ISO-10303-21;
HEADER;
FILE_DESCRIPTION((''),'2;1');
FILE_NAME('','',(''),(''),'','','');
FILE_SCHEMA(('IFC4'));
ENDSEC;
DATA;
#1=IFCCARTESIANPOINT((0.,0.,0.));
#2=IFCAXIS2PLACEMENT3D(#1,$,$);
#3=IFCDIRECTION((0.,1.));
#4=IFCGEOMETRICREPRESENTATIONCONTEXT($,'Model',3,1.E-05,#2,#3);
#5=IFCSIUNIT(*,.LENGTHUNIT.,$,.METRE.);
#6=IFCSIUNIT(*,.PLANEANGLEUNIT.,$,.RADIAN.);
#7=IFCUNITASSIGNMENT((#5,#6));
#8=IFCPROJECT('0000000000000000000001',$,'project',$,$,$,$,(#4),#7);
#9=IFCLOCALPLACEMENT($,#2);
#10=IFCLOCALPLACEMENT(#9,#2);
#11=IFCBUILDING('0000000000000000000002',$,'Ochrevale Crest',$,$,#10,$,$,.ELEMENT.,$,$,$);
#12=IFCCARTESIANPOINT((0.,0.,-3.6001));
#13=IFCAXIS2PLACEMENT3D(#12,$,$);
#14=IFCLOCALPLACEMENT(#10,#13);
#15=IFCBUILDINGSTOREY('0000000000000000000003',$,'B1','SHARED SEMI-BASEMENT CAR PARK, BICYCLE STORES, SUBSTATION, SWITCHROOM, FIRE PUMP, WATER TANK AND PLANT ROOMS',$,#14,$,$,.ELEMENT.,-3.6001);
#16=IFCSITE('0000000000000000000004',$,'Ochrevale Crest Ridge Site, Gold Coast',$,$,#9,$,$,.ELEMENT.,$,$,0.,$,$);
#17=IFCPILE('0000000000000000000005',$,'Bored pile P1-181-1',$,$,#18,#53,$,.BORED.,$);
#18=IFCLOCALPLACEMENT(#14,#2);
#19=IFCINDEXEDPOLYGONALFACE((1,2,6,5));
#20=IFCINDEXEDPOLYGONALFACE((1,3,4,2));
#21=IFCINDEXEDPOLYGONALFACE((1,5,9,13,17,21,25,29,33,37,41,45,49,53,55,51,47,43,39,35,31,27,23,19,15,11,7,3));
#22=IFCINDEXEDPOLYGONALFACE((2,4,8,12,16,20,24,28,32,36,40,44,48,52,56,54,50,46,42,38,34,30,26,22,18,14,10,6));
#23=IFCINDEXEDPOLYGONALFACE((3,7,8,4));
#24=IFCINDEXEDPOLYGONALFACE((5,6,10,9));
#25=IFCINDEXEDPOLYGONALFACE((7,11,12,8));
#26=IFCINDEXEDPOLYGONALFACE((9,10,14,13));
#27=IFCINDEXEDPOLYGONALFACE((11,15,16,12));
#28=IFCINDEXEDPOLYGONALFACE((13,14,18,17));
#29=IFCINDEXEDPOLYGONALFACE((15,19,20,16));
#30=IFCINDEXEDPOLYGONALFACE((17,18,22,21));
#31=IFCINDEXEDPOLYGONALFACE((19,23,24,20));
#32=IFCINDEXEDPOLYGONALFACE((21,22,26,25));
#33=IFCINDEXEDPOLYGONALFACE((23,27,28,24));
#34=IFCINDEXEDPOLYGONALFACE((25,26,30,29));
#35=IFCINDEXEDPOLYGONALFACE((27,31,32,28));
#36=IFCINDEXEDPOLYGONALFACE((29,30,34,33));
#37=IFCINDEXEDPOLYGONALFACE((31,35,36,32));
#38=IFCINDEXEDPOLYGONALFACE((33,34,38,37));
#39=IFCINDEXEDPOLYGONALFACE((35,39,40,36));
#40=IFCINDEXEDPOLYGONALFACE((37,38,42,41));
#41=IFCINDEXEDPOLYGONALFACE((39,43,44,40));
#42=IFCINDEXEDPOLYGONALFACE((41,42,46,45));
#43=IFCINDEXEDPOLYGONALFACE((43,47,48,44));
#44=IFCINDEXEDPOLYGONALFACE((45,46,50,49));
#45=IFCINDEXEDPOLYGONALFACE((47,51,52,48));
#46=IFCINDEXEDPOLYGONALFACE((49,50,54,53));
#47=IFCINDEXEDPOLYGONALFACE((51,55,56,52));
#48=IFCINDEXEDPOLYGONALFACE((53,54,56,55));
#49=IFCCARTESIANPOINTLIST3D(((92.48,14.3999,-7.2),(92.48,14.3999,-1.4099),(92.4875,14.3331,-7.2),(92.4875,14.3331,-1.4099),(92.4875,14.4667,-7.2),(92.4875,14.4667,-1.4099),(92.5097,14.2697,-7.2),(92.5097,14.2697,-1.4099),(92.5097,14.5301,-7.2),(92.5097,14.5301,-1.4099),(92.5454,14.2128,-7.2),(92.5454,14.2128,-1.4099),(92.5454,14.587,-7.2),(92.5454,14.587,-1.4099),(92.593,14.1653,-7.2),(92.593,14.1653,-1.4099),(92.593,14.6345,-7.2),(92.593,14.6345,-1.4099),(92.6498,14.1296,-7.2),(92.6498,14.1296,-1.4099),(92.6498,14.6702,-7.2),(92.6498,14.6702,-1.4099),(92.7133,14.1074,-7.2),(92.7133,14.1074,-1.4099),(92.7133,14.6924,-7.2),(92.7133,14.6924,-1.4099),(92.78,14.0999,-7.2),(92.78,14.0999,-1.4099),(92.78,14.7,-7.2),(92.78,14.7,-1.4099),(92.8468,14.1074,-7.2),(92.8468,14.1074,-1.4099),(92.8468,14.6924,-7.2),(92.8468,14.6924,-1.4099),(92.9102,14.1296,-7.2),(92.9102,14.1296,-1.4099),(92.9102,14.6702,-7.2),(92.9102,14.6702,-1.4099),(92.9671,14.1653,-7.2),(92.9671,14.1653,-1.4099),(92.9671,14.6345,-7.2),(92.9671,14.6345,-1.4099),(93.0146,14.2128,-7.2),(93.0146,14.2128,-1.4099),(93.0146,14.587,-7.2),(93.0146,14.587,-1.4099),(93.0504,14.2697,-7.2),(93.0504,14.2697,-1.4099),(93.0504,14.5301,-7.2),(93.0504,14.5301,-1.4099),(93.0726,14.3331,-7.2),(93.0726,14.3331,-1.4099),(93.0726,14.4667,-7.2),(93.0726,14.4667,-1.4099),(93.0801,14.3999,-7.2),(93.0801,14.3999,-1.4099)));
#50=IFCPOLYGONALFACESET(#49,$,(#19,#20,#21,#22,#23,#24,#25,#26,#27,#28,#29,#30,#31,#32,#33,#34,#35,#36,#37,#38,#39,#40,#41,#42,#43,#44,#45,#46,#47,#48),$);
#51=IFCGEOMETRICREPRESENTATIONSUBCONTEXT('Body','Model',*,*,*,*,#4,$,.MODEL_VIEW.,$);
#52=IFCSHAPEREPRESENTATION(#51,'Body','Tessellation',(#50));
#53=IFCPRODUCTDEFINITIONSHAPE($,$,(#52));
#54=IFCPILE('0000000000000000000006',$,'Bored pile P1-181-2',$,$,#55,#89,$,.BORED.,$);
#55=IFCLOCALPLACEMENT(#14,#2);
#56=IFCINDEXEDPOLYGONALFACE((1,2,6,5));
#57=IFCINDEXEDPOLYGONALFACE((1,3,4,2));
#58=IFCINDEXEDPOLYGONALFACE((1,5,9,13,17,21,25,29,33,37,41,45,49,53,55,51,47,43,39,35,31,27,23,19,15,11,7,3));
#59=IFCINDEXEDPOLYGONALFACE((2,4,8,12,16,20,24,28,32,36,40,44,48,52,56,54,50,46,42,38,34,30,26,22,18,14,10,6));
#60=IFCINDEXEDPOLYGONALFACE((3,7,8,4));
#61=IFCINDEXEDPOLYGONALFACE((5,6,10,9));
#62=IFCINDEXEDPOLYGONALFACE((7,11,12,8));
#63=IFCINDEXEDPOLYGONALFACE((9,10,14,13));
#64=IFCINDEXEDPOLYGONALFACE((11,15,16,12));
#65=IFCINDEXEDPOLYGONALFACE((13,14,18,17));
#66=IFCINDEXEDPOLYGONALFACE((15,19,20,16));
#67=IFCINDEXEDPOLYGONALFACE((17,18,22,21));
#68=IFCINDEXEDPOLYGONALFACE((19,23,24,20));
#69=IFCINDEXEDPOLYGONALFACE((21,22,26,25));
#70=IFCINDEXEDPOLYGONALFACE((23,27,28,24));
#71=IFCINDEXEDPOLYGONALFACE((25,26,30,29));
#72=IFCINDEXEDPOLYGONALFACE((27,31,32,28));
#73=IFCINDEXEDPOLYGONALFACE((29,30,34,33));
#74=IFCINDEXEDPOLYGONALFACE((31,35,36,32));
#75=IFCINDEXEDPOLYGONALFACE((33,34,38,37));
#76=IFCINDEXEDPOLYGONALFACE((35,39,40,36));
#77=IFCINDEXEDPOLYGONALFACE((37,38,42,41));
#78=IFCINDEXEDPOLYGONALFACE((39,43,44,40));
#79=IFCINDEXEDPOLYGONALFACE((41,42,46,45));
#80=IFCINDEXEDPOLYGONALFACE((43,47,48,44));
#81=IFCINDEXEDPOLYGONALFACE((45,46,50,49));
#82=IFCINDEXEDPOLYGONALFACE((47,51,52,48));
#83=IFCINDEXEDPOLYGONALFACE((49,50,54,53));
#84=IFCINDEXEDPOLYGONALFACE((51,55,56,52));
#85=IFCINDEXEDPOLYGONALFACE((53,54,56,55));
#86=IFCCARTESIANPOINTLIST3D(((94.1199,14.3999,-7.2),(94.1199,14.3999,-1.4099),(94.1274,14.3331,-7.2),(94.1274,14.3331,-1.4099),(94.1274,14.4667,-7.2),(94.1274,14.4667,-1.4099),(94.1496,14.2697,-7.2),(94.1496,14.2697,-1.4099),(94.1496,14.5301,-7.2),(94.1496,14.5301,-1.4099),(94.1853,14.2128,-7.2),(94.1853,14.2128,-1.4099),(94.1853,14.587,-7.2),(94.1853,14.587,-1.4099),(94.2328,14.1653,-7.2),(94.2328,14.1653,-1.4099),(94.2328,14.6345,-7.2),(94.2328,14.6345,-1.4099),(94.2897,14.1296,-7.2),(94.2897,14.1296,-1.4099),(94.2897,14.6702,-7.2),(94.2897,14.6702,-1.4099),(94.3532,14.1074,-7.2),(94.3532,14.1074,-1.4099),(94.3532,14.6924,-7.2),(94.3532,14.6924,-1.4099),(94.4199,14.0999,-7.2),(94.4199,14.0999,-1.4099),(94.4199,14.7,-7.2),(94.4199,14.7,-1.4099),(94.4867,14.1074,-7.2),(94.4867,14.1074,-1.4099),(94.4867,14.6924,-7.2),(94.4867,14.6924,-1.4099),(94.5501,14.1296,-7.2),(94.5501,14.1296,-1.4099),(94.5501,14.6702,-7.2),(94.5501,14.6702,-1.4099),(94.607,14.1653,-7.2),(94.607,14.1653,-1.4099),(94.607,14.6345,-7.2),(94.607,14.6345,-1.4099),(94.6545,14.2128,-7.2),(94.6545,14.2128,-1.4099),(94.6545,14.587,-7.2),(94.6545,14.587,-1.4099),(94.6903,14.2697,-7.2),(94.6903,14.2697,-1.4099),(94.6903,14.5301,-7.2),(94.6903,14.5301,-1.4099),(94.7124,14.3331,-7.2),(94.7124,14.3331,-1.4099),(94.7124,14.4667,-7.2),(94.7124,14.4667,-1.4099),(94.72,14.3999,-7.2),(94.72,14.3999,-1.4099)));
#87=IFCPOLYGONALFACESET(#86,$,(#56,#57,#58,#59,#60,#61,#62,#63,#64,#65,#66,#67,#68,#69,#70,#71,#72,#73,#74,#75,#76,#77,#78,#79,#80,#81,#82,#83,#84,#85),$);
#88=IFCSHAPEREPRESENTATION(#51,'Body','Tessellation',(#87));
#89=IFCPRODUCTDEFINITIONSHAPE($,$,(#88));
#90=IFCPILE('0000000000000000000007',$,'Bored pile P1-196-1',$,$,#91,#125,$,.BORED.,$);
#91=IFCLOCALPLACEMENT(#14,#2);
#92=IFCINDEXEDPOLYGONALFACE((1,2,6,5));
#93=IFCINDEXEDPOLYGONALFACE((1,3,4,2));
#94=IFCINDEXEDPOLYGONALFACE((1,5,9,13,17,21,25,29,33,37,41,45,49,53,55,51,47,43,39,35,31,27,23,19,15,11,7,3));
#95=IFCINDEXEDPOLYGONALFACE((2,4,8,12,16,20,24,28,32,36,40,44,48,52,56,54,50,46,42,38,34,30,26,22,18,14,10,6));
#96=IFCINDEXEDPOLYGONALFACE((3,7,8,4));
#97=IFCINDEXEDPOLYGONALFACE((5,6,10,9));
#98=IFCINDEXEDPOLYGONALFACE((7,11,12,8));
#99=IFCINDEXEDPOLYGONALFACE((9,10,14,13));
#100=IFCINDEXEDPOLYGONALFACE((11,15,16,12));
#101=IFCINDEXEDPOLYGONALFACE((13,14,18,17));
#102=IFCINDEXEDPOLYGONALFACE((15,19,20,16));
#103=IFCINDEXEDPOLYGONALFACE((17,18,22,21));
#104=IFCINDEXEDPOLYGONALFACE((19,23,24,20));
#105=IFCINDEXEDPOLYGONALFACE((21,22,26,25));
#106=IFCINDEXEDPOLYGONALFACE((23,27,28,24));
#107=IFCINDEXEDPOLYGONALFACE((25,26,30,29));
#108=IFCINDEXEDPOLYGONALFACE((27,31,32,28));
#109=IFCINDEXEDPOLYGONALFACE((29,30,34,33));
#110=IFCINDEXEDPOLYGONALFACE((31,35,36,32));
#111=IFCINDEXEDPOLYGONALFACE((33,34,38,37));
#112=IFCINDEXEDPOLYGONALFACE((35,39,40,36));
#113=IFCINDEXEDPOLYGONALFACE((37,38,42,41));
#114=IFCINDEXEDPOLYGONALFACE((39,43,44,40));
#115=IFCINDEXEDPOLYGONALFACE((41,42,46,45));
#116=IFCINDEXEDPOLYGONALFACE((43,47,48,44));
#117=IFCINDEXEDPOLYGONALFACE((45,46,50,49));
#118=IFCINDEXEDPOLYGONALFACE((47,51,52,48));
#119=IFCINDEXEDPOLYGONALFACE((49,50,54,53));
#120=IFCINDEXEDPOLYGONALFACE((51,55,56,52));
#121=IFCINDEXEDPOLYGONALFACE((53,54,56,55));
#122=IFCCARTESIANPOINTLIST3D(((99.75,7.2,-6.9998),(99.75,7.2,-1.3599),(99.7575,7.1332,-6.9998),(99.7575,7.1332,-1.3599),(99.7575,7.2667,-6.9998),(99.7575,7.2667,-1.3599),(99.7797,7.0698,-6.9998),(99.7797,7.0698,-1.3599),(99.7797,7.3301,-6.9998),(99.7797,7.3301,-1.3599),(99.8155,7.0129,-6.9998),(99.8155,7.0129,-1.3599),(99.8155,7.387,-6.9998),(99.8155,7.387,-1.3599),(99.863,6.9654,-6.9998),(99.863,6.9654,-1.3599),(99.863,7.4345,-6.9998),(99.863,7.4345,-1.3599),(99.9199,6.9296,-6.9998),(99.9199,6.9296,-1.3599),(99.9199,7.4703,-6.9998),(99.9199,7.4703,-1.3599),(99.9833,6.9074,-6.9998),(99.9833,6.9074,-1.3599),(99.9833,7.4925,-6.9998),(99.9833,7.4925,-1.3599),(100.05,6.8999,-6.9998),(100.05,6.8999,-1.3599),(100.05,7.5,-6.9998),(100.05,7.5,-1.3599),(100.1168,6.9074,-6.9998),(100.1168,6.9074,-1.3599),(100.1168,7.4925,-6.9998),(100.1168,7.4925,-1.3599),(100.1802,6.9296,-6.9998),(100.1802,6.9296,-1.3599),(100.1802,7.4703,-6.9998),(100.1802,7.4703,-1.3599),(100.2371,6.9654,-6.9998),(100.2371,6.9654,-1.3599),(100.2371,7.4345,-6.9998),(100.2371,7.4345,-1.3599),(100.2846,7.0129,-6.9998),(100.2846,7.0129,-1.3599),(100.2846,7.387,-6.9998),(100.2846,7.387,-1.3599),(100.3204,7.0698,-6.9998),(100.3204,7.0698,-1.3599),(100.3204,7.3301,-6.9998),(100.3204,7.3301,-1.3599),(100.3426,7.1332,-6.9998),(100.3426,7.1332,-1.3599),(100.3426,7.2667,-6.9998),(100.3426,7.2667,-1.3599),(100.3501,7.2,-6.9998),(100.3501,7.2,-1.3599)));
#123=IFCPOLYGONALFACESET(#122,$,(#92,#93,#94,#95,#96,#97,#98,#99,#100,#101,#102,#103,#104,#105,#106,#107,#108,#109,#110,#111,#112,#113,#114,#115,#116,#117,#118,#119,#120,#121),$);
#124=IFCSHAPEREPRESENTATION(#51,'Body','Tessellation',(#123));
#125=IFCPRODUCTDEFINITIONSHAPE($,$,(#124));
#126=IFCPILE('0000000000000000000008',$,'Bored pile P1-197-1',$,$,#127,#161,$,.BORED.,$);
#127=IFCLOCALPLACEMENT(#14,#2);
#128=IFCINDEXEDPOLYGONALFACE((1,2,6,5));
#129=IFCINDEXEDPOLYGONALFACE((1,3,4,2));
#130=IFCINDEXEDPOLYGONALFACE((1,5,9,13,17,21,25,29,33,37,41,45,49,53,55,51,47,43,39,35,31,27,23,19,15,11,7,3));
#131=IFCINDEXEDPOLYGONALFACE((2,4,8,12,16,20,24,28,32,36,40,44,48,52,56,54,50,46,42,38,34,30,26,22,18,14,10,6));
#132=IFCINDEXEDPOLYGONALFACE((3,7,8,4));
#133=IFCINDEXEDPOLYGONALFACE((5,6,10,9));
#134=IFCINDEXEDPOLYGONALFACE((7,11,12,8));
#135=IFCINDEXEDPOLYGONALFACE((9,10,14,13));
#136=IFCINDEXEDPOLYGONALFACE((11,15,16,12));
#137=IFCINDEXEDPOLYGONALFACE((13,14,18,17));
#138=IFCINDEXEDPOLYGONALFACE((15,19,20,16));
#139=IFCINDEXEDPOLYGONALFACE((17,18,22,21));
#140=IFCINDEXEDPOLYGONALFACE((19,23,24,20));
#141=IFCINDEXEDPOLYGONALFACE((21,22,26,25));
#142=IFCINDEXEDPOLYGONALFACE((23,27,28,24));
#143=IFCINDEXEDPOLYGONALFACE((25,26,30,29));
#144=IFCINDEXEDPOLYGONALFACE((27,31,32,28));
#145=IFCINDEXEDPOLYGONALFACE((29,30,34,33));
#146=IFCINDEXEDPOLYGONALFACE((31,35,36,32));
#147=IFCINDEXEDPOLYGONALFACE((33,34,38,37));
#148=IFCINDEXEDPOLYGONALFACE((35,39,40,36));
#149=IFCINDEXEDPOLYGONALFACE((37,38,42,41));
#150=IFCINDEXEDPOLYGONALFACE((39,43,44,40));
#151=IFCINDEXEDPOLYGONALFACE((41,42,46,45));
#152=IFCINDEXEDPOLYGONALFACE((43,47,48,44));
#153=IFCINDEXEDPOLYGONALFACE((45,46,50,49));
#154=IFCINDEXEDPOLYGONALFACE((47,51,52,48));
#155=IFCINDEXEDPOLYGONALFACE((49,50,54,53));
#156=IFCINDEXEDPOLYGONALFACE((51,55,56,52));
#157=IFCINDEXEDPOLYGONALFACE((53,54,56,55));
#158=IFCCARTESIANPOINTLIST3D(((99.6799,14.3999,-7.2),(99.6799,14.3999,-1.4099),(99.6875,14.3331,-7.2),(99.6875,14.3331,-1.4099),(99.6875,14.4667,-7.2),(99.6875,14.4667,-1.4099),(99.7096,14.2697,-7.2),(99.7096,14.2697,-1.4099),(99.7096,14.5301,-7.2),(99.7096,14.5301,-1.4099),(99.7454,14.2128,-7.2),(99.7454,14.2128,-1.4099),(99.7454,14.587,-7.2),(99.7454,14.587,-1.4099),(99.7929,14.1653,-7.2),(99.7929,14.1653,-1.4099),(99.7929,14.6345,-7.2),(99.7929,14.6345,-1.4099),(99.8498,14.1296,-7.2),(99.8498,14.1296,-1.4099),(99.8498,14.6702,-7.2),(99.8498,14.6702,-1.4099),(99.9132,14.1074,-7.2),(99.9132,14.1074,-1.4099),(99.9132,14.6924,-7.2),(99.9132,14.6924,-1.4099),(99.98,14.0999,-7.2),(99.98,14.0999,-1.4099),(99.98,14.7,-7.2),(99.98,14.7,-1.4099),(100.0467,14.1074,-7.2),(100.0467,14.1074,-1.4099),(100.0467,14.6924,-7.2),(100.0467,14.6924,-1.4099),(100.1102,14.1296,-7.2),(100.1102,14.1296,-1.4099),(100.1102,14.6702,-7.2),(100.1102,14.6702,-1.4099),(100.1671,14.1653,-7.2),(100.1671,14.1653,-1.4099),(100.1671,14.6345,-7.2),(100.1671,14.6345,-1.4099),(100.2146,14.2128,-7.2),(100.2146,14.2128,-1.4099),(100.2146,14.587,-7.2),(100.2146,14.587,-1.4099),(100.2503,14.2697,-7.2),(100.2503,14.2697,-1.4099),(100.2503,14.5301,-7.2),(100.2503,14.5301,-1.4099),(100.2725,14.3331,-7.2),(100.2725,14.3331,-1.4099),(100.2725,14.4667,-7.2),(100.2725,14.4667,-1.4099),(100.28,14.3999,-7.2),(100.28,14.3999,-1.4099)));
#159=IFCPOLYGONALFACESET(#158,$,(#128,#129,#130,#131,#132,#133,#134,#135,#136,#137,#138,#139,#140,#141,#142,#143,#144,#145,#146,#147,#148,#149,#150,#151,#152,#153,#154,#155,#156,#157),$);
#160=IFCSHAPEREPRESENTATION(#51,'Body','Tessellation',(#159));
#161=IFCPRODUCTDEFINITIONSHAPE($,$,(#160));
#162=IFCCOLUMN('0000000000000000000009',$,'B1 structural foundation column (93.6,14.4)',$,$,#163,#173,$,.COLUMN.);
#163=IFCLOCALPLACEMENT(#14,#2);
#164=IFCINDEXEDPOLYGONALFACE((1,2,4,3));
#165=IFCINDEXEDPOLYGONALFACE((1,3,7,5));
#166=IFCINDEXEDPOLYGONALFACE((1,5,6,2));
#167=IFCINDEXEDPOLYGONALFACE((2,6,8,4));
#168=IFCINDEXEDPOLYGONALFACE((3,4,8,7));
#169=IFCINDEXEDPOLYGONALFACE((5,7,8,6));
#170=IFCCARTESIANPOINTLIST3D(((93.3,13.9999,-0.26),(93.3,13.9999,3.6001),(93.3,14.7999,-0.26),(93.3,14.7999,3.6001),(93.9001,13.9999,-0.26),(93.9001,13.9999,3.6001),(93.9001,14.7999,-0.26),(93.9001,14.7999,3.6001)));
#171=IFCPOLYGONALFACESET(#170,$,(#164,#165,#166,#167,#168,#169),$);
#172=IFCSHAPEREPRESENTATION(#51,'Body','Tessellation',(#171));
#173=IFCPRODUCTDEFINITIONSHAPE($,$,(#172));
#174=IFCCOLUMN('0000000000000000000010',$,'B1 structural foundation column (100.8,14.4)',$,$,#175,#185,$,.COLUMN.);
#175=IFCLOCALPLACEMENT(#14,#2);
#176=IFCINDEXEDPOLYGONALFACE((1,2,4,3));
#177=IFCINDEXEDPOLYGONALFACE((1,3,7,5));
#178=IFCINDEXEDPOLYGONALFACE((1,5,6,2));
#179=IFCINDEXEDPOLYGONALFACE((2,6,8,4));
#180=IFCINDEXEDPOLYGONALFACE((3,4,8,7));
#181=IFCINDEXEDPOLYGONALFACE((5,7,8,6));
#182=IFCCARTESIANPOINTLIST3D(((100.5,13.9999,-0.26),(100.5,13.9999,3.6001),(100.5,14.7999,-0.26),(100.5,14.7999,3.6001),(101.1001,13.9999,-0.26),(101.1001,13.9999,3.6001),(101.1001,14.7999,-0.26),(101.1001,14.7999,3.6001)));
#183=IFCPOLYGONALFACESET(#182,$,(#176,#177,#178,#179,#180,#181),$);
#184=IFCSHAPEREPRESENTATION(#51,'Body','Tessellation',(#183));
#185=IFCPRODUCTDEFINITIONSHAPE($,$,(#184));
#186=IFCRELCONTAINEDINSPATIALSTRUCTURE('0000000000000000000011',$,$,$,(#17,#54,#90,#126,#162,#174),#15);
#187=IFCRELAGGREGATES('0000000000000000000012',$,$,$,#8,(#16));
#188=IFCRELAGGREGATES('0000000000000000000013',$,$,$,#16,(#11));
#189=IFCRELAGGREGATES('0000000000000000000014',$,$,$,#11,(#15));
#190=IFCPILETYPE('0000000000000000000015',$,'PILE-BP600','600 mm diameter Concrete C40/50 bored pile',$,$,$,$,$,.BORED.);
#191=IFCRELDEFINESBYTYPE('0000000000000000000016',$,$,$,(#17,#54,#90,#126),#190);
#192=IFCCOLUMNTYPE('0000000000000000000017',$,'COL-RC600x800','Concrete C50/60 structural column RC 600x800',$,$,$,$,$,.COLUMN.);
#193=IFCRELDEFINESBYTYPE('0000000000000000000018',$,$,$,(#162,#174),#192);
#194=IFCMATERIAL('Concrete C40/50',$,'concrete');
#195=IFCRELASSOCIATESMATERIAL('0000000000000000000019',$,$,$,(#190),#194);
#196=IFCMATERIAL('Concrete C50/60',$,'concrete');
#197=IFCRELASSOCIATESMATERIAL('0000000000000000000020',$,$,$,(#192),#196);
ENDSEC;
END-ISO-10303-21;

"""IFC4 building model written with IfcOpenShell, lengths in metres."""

from ifc_helpers import new_model, si_unit, direction, frame, origin, origin_2d, place, context, subcontext, project, spatial, rectangle, circle, extrude, material, material_profile, profile_set, type_object, element, save


model = new_model("IFC4")

# Units and contexts
model_context = context("Model", 3, precision=1e-05, world=origin(), true_north=direction((0.0, 1.0)))
body_context = subcontext(model_context, "Body", "Model", "MODEL_VIEW")
ifc_project = project(units=[si_unit("LENGTHUNIT", "METRE"), si_unit("PLANEANGLEUNIT", "RADIAN")], contexts=[model_context])

# Site, building, storey
site_placement = place(None, origin())
site = spatial("IfcSite", under=ifc_project, at=site_placement, Name="Ochrevale Crest Ridge Site, Gold Coast", CompositionType="ELEMENT", RefElevation=0.0)
building_placement = place(site_placement, origin())
building = spatial("IfcBuilding", under=site, at=building_placement, Name="Ochrevale Crest", CompositionType="ELEMENT")
storey_placement = place(building_placement, frame((0.0, 0.0, -3.6001)))
storey = spatial("IfcBuildingStorey", under=building, at=storey_placement, Name="B1", Description="SHARED SEMI-BASEMENT CAR PARK, BICYCLE STORES, SUBSTATION, SWITCHROOM, FIRE PUMP, WATER TANK AND PLANT ROOMS", CompositionType="ELEMENT", Elevation=-3.6001)

# Shared definitions
ifc_material_1 = material(Name="Concrete C40/50", Category="concrete")

# Piles
ifc_material_profile_1 = material_profile(ifc_material_1, circle(Radius=0.3, at=origin_2d()), Name="BORED PILE 600")
ifc_profile_set_1 = profile_set([ifc_material_profile_1], Name="Concrete C40/50")
pile_type = type_object("IfcPileType", Name="PILE-BP600", Description="600 mm diameter Concrete C40/50 bored pile", PredefinedType="BORED", material=ifc_profile_set_1)
for number, where, z_axis, x_axis, name in (
    (1, (92.78, 14.3999, -1.4099), (0.0, 0.0, -1.0), (1.0, 0.0, 0.0), "Bored pile P1-181-1"),
    (2, (94.4199, 14.3999, -1.4099), (0.0, 0.0, -1.0), (1.0, 0.0, 0.0), "Bored pile P1-181-2"),
):
    element("IfcPile", number, at=place(storey_placement, frame(where, z_axis=z_axis, x_axis=x_axis)), inside=storey, type_object=pile_type, Name=name, PredefinedType="BORED", context=body_context, shape_type="SweptSolid", body=[
        extrude(circle(Radius=0.3, at=origin_2d()), origin(), (0.0, 0.0, 1.0), 5.79),
    ])
pile_1_placement = place(storey_placement, frame((100.05, 7.2, -1.3599), z_axis=(0.0, 0.0, -1.0), x_axis=(1.0, 0.0, 0.0)))
element("IfcPile", 3, at=pile_1_placement, inside=storey, type_object=pile_type, Name="Bored pile P1-196-1", PredefinedType="BORED", context=body_context, shape_type="SweptSolid", body=[
    extrude(circle(Radius=0.3, at=origin_2d()), origin(), (0.0, 0.0, 1.0), 5.6399),
])
pile_2_placement = place(storey_placement, frame((99.98, 14.3999, -1.4099), z_axis=(0.0, 0.0, -1.0), x_axis=(1.0, 0.0, 0.0)))
element("IfcPile", 4, at=pile_2_placement, inside=storey, type_object=pile_type, Name="Bored pile P1-197-1", PredefinedType="BORED", context=body_context, shape_type="SweptSolid", body=[
    extrude(circle(Radius=0.3, at=origin_2d()), origin(), (0.0, 0.0, 1.0), 5.79),
])

# Columns
ifc_material_2 = material(Name="Concrete C50/60", Category="concrete")
ifc_material_profile_2 = material_profile(ifc_material_2, rectangle(XDim=0.6001, YDim=0.8, at=origin_2d()), Name="RC 600x800")
ifc_profile_set_2 = profile_set([ifc_material_profile_2], Name="Concrete C50/60")
column_type_1 = type_object("IfcColumnType", Name="COL-RC600x800", Description="Concrete C50/60 structural column RC 600x800", PredefinedType="COLUMN", material=ifc_profile_set_2)
for number, where, z_axis, x_axis, name in (
    (5, (93.6001, 14.3999, -0.26), (0.0, 0.0, 1.0), (1.0, 0.0, 0.0), "B1 structural foundation column (93.6,14.4)"),
    (6, (100.8, 14.3999, -0.26), (0.0, 0.0, 1.0), (1.0, 0.0, 0.0), "B1 structural foundation column (100.8,14.4)"),
):
    element("IfcColumn", number, at=place(storey_placement, frame(where, z_axis=z_axis, x_axis=x_axis)), inside=storey, type_object=column_type_1, Name=name, PredefinedType="COLUMN", context=body_context, shape_type="SweptSolid", body=[
        extrude(rectangle(XDim=0.6001, YDim=0.8, at=origin_2d()), origin(), (0.0, 0.0, 1.0), 3.8601),
    ])

save(model, "model.ifc")
